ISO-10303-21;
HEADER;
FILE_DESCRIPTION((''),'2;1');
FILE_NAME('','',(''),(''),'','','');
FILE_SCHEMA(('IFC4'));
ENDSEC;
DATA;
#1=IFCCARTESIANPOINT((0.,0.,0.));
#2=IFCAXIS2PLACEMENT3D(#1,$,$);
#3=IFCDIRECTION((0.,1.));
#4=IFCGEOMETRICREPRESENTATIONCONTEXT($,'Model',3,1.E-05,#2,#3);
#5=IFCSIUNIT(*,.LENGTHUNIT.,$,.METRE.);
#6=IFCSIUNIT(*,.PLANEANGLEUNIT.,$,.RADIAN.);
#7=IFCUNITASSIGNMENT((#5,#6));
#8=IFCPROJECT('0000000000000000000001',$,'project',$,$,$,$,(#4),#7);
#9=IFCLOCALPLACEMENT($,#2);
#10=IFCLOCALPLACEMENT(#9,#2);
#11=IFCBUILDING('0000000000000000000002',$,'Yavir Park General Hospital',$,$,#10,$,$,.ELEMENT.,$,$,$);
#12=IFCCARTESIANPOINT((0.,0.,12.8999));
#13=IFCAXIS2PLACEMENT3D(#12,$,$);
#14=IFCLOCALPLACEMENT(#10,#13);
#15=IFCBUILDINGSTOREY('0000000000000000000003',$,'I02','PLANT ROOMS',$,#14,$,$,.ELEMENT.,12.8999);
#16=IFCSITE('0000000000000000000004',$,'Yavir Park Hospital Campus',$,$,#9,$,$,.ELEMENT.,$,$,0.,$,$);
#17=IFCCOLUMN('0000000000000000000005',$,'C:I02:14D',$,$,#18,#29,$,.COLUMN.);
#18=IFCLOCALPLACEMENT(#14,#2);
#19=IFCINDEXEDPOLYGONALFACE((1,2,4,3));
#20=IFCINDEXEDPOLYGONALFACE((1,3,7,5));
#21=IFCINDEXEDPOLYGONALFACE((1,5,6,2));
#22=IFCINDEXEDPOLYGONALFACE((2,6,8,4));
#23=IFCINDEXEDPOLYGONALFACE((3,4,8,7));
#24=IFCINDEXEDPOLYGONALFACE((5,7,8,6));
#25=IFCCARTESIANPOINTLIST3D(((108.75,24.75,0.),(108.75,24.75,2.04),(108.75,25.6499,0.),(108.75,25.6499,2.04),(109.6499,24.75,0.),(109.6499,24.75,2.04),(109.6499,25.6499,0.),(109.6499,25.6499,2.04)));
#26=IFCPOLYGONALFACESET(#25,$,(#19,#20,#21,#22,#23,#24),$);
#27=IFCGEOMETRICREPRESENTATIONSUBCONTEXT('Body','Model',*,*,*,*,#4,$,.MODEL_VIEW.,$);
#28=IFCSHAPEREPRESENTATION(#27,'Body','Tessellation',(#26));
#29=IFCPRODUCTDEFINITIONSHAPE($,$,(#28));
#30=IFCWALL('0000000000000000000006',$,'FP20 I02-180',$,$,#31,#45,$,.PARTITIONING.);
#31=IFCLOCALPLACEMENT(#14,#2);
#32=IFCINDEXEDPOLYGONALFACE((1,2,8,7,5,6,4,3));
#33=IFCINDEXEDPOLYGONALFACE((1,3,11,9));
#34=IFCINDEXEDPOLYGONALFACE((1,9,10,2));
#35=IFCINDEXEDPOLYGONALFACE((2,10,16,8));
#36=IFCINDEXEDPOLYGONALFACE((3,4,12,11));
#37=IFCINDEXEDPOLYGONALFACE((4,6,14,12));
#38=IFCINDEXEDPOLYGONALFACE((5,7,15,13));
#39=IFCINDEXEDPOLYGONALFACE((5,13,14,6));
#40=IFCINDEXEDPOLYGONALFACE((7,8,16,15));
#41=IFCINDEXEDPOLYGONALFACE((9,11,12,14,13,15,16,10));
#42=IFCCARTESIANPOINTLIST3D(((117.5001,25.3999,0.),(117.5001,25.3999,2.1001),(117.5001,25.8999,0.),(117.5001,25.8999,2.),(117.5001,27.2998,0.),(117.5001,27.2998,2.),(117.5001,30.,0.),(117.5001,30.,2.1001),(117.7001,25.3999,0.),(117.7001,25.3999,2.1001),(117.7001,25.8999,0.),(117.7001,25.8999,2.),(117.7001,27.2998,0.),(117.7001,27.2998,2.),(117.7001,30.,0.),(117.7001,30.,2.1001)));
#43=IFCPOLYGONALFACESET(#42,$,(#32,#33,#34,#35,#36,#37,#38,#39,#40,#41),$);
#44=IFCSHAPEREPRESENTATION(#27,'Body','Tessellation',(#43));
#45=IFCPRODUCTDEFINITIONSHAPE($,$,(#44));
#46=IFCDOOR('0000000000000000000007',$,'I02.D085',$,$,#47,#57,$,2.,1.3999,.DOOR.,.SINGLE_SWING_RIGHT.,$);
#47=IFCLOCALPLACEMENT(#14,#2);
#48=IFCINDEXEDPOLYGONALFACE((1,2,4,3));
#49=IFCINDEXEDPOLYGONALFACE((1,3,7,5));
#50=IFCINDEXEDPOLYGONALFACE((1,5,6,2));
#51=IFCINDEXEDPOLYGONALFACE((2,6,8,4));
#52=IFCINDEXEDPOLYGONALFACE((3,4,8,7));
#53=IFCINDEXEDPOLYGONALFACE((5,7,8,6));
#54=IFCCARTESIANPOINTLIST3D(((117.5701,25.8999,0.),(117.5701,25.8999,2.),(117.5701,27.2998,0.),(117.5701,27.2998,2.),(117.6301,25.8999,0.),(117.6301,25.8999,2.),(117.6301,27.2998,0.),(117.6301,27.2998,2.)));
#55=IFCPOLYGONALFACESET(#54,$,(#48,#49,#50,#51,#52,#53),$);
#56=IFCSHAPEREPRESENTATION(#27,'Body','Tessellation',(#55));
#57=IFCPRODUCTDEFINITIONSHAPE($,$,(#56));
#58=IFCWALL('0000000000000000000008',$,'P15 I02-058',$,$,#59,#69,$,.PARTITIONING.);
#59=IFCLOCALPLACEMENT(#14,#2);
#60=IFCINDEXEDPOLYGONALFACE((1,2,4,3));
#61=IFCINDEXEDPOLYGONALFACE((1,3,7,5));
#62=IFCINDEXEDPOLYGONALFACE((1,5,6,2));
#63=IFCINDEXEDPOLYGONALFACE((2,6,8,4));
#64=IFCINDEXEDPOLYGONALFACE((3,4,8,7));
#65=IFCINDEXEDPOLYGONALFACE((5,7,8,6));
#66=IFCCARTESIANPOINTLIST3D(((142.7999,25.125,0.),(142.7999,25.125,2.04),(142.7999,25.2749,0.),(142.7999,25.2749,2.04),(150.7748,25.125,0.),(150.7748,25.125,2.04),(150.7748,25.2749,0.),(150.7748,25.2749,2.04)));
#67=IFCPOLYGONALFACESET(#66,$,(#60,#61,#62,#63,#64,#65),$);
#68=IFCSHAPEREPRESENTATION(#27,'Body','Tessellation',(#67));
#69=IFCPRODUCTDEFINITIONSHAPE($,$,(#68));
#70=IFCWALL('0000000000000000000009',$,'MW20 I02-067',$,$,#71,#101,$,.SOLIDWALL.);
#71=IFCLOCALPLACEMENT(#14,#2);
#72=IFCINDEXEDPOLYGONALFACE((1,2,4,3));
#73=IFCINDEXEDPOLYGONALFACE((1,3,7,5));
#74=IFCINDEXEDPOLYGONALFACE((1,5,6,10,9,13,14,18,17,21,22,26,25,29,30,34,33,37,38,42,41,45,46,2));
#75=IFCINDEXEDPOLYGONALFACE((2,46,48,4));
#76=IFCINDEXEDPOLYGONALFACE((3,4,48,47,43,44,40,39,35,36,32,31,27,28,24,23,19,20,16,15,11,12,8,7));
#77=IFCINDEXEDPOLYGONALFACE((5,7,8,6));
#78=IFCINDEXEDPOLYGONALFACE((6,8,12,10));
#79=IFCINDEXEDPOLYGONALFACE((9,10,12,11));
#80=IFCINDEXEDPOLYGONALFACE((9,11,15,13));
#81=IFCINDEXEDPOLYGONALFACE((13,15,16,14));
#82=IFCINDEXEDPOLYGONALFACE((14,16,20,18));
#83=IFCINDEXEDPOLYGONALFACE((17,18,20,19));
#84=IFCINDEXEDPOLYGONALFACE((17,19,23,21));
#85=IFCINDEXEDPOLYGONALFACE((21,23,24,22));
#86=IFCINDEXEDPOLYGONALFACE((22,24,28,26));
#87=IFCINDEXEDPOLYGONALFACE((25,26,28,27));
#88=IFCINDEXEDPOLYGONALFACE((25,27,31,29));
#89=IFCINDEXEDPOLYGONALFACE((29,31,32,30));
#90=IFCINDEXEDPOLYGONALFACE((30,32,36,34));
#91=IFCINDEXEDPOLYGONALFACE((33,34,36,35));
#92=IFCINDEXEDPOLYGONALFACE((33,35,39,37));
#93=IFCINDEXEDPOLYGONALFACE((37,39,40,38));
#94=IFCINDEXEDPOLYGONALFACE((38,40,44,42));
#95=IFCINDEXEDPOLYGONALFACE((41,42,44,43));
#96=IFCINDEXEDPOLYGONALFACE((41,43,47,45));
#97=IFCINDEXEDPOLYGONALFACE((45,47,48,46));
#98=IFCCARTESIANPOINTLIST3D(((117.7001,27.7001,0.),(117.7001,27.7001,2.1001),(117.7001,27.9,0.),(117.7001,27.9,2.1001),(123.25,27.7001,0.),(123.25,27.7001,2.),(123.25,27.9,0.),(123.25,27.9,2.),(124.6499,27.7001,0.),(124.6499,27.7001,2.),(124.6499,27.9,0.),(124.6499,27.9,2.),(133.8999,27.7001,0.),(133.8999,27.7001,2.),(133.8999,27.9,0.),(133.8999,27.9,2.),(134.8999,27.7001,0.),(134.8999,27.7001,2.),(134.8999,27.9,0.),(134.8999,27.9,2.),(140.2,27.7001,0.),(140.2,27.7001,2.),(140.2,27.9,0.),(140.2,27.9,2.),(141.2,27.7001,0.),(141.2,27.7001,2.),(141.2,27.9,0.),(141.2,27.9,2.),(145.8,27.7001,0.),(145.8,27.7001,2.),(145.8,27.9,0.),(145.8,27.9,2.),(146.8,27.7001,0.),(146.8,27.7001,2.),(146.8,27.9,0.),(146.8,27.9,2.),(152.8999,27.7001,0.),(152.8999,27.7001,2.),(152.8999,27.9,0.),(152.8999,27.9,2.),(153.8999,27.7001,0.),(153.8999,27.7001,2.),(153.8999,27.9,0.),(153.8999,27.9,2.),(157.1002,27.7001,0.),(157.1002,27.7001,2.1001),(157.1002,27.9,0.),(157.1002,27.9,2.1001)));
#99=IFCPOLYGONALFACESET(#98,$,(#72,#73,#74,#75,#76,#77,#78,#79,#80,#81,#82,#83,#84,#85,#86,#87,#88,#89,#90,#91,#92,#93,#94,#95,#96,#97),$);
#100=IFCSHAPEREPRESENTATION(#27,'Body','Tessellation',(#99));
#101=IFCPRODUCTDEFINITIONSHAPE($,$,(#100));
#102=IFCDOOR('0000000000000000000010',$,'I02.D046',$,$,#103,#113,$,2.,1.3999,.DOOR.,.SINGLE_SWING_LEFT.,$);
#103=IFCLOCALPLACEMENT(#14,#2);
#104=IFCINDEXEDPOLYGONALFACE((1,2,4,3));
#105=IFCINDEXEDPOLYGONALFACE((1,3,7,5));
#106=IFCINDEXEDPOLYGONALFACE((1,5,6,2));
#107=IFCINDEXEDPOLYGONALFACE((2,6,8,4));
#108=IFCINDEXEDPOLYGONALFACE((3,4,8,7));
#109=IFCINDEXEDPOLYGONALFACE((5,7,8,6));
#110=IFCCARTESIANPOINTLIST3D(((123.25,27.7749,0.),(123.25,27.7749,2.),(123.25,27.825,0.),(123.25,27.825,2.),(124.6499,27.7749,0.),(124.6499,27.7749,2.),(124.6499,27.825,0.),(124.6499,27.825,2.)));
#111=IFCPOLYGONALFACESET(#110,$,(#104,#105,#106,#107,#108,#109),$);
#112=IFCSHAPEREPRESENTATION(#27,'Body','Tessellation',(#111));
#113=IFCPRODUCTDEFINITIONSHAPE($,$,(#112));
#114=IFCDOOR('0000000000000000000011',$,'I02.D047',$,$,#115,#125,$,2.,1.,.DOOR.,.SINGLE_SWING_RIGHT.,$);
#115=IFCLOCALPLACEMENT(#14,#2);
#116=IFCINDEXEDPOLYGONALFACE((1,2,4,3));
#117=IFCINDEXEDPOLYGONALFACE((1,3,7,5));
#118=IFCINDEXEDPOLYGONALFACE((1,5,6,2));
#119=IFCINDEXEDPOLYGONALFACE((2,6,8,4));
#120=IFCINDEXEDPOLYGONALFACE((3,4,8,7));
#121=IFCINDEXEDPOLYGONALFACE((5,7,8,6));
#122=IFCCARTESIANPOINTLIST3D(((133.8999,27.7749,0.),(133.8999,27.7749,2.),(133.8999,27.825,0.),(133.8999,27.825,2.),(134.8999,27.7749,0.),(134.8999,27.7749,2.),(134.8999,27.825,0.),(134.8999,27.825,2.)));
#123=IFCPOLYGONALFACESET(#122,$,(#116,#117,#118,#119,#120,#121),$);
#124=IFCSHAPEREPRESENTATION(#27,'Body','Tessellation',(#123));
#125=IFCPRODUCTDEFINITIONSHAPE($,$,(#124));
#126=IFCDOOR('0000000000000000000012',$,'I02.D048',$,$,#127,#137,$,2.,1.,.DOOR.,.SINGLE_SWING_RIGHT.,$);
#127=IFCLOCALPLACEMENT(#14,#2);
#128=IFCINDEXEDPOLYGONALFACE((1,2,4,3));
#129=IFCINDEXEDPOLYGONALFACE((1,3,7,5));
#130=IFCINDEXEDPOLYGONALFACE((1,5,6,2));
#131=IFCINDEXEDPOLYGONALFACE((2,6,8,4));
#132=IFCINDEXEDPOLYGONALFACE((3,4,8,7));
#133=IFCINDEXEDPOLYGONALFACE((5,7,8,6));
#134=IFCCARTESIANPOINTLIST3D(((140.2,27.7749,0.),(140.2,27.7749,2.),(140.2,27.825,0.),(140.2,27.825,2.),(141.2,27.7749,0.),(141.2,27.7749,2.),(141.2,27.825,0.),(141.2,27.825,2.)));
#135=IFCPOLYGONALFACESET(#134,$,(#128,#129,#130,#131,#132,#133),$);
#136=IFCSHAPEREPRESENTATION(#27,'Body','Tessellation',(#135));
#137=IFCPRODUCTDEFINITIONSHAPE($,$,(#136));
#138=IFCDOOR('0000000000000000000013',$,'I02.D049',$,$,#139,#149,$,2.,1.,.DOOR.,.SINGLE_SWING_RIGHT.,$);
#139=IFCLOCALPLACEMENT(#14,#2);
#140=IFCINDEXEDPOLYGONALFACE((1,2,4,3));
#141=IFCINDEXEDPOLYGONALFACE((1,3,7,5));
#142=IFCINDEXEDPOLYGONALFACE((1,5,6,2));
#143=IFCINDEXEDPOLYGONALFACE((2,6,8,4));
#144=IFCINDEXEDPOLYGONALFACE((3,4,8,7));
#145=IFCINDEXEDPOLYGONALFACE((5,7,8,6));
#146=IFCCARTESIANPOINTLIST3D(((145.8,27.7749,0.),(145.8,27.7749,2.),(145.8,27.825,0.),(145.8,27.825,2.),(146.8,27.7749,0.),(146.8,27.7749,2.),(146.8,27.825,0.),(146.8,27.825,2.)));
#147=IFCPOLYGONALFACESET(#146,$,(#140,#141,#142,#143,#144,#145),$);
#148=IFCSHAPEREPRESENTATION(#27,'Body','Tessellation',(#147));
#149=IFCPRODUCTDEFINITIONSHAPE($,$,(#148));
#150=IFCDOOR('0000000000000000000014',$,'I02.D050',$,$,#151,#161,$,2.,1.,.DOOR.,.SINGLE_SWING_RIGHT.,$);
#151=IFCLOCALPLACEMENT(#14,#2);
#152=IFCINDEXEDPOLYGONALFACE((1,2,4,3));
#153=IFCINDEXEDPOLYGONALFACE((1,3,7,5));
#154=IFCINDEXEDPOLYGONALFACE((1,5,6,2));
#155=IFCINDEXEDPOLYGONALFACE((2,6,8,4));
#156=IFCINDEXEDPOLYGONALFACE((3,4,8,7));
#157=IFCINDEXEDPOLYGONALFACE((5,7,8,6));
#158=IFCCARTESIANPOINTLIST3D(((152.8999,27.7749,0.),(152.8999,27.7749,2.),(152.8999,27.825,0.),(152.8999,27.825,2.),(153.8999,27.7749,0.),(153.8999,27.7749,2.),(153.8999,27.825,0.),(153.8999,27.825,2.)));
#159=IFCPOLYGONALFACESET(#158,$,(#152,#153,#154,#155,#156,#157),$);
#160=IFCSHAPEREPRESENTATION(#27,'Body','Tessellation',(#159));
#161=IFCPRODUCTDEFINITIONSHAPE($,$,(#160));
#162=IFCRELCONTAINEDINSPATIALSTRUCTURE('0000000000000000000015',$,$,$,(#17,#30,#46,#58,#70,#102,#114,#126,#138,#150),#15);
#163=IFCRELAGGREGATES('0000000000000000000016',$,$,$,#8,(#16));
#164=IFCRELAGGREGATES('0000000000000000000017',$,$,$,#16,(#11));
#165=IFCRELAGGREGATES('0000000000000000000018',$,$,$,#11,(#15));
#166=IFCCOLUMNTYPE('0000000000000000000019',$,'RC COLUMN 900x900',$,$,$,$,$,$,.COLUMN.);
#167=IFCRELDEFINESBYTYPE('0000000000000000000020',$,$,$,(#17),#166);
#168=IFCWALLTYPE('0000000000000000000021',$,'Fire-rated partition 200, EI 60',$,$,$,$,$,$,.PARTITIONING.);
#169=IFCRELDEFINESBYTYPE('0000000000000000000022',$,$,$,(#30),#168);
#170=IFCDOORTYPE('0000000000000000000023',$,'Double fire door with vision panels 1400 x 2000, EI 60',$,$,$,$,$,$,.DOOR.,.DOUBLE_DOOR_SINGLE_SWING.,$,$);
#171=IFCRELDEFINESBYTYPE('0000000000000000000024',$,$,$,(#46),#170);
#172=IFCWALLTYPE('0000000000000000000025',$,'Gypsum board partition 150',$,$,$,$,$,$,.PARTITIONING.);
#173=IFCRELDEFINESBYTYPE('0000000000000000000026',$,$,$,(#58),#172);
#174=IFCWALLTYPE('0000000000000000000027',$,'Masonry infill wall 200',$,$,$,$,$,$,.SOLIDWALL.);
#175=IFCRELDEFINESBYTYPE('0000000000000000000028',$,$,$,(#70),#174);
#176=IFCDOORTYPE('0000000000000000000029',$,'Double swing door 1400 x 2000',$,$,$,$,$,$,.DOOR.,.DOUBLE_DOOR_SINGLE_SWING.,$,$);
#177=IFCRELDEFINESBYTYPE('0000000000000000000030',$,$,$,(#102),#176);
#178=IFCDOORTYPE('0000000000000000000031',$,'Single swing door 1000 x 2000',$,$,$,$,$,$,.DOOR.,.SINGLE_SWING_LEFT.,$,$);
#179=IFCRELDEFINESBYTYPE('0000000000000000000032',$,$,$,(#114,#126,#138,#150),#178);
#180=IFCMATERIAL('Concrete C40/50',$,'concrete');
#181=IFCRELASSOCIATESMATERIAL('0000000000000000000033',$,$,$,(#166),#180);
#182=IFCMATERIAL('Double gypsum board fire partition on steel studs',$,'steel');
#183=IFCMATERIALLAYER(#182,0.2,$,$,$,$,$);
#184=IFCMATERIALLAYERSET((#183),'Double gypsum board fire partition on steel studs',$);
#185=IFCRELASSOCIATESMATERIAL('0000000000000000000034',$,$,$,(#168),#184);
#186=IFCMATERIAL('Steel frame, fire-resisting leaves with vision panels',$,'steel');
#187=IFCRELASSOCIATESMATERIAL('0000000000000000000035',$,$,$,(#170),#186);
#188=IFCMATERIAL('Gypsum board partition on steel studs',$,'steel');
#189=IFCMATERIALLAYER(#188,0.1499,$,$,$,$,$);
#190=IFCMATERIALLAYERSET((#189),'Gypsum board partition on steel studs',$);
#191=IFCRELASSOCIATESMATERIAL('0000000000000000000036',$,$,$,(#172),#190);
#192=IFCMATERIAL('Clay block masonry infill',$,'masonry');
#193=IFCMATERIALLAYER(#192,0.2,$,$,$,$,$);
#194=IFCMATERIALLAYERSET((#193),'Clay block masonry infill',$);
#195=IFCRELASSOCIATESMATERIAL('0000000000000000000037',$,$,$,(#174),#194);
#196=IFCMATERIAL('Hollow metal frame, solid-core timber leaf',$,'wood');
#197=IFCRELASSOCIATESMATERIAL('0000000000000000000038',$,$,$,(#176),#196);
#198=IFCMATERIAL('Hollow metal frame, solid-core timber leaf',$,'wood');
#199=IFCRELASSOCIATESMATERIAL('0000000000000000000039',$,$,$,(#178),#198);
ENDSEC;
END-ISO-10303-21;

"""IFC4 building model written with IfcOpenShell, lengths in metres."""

from ifc_helpers import new_model, si_unit, direction, frame, frame_2d, origin, origin_2d, place, context, subcontext, project, spatial, rectangle, extrude, material, layer, layer_set, material_profile, profile_set, type_object, element, fill, save


model = new_model("IFC4")

# Units and contexts
model_context = context("Model", 3, precision=1e-05, world=origin(), true_north=direction((0.0, 1.0)))
body_context = subcontext(model_context, "Body", "Model", "MODEL_VIEW")
ifc_project = project(units=[si_unit("LENGTHUNIT", "METRE"), si_unit("PLANEANGLEUNIT", "RADIAN")], contexts=[model_context])

# Site, building, storey
site_placement = place(None, origin())
site = spatial("IfcSite", under=ifc_project, at=site_placement, Name="Yavir Park Hospital Campus", CompositionType="ELEMENT", RefElevation=0.0)
building_placement = place(site_placement, origin())
building = spatial("IfcBuilding", under=site, at=building_placement, Name="Yavir Park General Hospital", CompositionType="ELEMENT")
storey_placement = place(building_placement, frame((0.0, 0.0, 12.8999)))
storey = spatial("IfcBuildingStorey", under=building, at=storey_placement, Name="I02", Description="PLANT ROOMS", CompositionType="ELEMENT", Elevation=12.8999)

# Column
ifc_material_1 = material(Name="Concrete C40/50", Category="concrete")
ifc_material_profile = material_profile(ifc_material_1, rectangle(XDim=0.8999, YDim=0.8999, at=origin_2d()), Name="RC900x900")
ifc_profile_set = profile_set([ifc_material_profile], Name="Concrete C40/50")
column_type = type_object("IfcColumnType", Name="RC COLUMN 900x900", PredefinedType="COLUMN", material=ifc_profile_set)
column_placement = place(storey_placement, frame((109.2, 25.2, 0.0), z_axis=(0.0, 0.0, 1.0), x_axis=(1.0, 0.0, 0.0)))
element("IfcColumn", 1, at=column_placement, inside=storey, type_object=column_type, Name="C:I02:14D", PredefinedType="COLUMN", context=body_context, shape_type="SweptSolid", body=[
    extrude(rectangle(XDim=0.8999, YDim=0.8999, at=origin_2d()), origin(), (0.0, 0.0, 1.0), 2.04),
])

# Wall, opening, door
ifc_material_2 = material(Name="Double gypsum board fire partition on steel studs", Category="steel")
ifc_layer_1 = layer(ifc_material_2, 0.2)
ifc_layer_set_1 = layer_set([ifc_layer_1], Name="Double gypsum board fire partition on steel studs")
wall_type_1 = type_object("IfcWallType", Name="Fire-rated partition 200, EI 60", PredefinedType="PARTITIONING", material=ifc_layer_set_1)
wall_1_placement = place(storey_placement, frame((117.6001, 25.3999, 0.0), z_axis=(0.0, 0.0, 1.0), x_axis=(0.0, 1.0, 0.0)))
wall_1 = element("IfcWall", 2, at=wall_1_placement, inside=storey, type_object=wall_type_1, Name="FP20 I02-180", PredefinedType="PARTITIONING", context=body_context, shape_type="SweptSolid", body=[
    extrude(rectangle(XDim=4.6001, YDim=0.2, at=frame_2d((2.3, 0.0))), origin(), (0.0, 0.0, 1.0), 2.1001),
])
opening_1_placement = place(wall_1_placement, frame((0.5, 0.0, 0.0)))
opening_1 = element("IfcOpeningElement", 3, at=opening_1_placement, cuts=wall_1, PredefinedType="OPENING", context=body_context, shape_type="SweptSolid", body=[
    extrude(rectangle(XDim=1.3999, YDim=2.0, at=frame_2d((0.7, 1.0))), frame((0.0, 0.1099, 0.0), z_axis=(0.0, -1.0, 0.0), x_axis=(1.0, 0.0, 0.0)), (0.0, 0.0, 1.0), 0.22),
])
ifc_material_3 = material(Name="Steel frame, fire-resisting leaves with vision panels", Category="steel")
door_type_1 = type_object("IfcDoorType", Name="Double fire door with vision panels 1400 x 2000, EI 60", OperationType="DOUBLE_DOOR_SINGLE_SWING", PredefinedType="DOOR", material=ifc_material_3)
door_1_placement = place(opening_1_placement, origin())
door_1 = element("IfcDoor", 4, at=door_1_placement, inside=storey, type_object=door_type_1, Name="I02.D085", OperationType="SINGLE_SWING_RIGHT", OverallHeight=2.0, OverallWidth=1.3999, PredefinedType="DOOR", context=body_context, shape_type="SweptSolid", body=[
    extrude(rectangle(XDim=1.3999, YDim=2.0, at=frame_2d((0.7, 1.0))), frame((0.0, 0.03, 0.0), z_axis=(0.0, -1.0, 0.0), x_axis=(1.0, 0.0, 0.0)), (0.0, 0.0, 1.0), 0.0601),
])
fill(opening_1, door_1)

# Wall
ifc_material_4 = material(Name="Gypsum board partition on steel studs", Category="steel")
ifc_layer_2 = layer(ifc_material_4, 0.1499)
ifc_layer_set_2 = layer_set([ifc_layer_2], Name="Gypsum board partition on steel studs")
wall_type_2 = type_object("IfcWallType", Name="Gypsum board partition 150", PredefinedType="PARTITIONING", material=ifc_layer_set_2)
wall_2_placement = place(storey_placement, frame((142.8, 25.2, 0.0), z_axis=(0.0, 0.0, 1.0), x_axis=(1.0, 0.0, 0.0)))
element("IfcWall", 5, at=wall_2_placement, inside=storey, type_object=wall_type_2, Name="P15 I02-058", PredefinedType="PARTITIONING", context=body_context, shape_type="SweptSolid", body=[
    extrude(rectangle(XDim=7.9749, YDim=0.1499, at=frame_2d((3.9873, 0.0))), origin(), (0.0, 0.0, 1.0), 2.04),
])

# Wall, openings, doors
ifc_material_5 = material(Name="Clay block masonry infill", Category="masonry")
ifc_layer_3 = layer(ifc_material_5, 0.2)
ifc_layer_set_3 = layer_set([ifc_layer_3], Name="Clay block masonry infill")
wall_type_3 = type_object("IfcWallType", Name="Masonry infill wall 200", PredefinedType="SOLIDWALL", material=ifc_layer_set_3)
wall_3_placement = place(storey_placement, frame((117.7, 27.8, 0.0), z_axis=(0.0, 0.0, 1.0), x_axis=(1.0, 0.0, 0.0)))
wall_3 = element("IfcWall", 6, at=wall_3_placement, inside=storey, type_object=wall_type_3, Name="MW20 I02-067", PredefinedType="SOLIDWALL", context=body_context, shape_type="SweptSolid", body=[
    extrude(rectangle(XDim=39.4001, YDim=0.2, at=frame_2d((19.7002, 0.0))), origin(), (0.0, 0.0, 1.0), 2.1001),
])
opening_2_placement = place(wall_3_placement, frame((5.55, 0.0, 0.0)))
opening_2 = element("IfcOpeningElement", 7, at=opening_2_placement, cuts=wall_3, PredefinedType="OPENING", context=body_context, shape_type="SweptSolid", body=[
    extrude(rectangle(XDim=1.3999, YDim=2.0, at=frame_2d((0.7, 1.0))), frame((0.0, 0.1099, 0.0), z_axis=(0.0, -1.0, 0.0), x_axis=(1.0, 0.0, 0.0)), (0.0, 0.0, 1.0), 0.22),
])
opening_3_placement = place(wall_3_placement, frame((16.2, 0.0, 0.0)))
opening_3 = element("IfcOpeningElement", 8, at=opening_3_placement, cuts=wall_3, PredefinedType="OPENING", context=body_context, shape_type="SweptSolid", body=[
    extrude(rectangle(XDim=1.0, YDim=2.0, at=frame_2d((0.5, 1.0))), frame((0.0, 0.1099, 0.0), z_axis=(0.0, -1.0, 0.0), x_axis=(1.0, 0.0, 0.0)), (0.0, 0.0, 1.0), 0.22),
])
opening_4_placement = place(wall_3_placement, frame((22.5, 0.0, 0.0)))
opening_4 = element("IfcOpeningElement", 9, at=opening_4_placement, cuts=wall_3, PredefinedType="OPENING", context=body_context, shape_type="SweptSolid", body=[
    extrude(rectangle(XDim=1.0, YDim=2.0, at=frame_2d((0.5, 1.0))), frame((0.0, 0.1099, 0.0), z_axis=(0.0, -1.0, 0.0), x_axis=(1.0, 0.0, 0.0)), (0.0, 0.0, 1.0), 0.22),
])
opening_5_placement = place(wall_3_placement, frame((28.1001, 0.0, 0.0)))
opening_5 = element("IfcOpeningElement", 10, at=opening_5_placement, cuts=wall_3, PredefinedType="OPENING", context=body_context, shape_type="SweptSolid", body=[
    extrude(rectangle(XDim=1.0, YDim=2.0, at=frame_2d((0.5, 1.0))), frame((0.0, 0.1099, 0.0), z_axis=(0.0, -1.0, 0.0), x_axis=(1.0, 0.0, 0.0)), (0.0, 0.0, 1.0), 0.22),
])
opening_6_placement = place(wall_3_placement, frame((35.2, 0.0, 0.0)))
opening_6 = element("IfcOpeningElement", 11, at=opening_6_placement, cuts=wall_3, PredefinedType="OPENING", context=body_context, shape_type="SweptSolid", body=[
    extrude(rectangle(XDim=1.0, YDim=2.0, at=frame_2d((0.5, 1.0))), frame((0.0, 0.1099, 0.0), z_axis=(0.0, -1.0, 0.0), x_axis=(1.0, 0.0, 0.0)), (0.0, 0.0, 1.0), 0.22),
])
ifc_material_6 = material(Name="Hollow metal frame, solid-core timber leaf", Category="wood")
door_type_2 = type_object("IfcDoorType", Name="Double swing door 1400 x 2000", OperationType="DOUBLE_DOOR_SINGLE_SWING", PredefinedType="DOOR", material=ifc_material_6)
door_2_placement = place(opening_2_placement, origin())
door_2 = element("IfcDoor", 12, at=door_2_placement, inside=storey, type_object=door_type_2, Name="I02.D046", OperationType="SINGLE_SWING_LEFT", OverallHeight=2.0, OverallWidth=1.3999, PredefinedType="DOOR", context=body_context, shape_type="SweptSolid", body=[
    extrude(rectangle(XDim=1.3999, YDim=2.0, at=frame_2d((0.7, 1.0))), frame((0.0, 0.0249, 0.0), z_axis=(0.0, -1.0, 0.0), x_axis=(1.0, 0.0, 0.0)), (0.0, 0.0, 1.0), 0.05),
])
fill(opening_2, door_2)
ifc_material_7 = material(Name="Hollow metal frame, solid-core timber leaf", Category="wood")
door_type_3 = type_object("IfcDoorType", Name="Single swing door 1000 x 2000", OperationType="SINGLE_SWING_LEFT", PredefinedType="DOOR", material=ifc_material_7)
door_3_placement = place(opening_3_placement, origin())
door_3 = element("IfcDoor", 13, at=door_3_placement, inside=storey, type_object=door_type_3, Name="I02.D047", OperationType="SINGLE_SWING_RIGHT", OverallHeight=2.0, OverallWidth=1.0, PredefinedType="DOOR", context=body_context, shape_type="SweptSolid", body=[
    extrude(rectangle(XDim=1.0, YDim=2.0, at=frame_2d((0.5, 1.0))), frame((0.0, 0.0249, 0.0), z_axis=(0.0, -1.0, 0.0), x_axis=(1.0, 0.0, 0.0)), (0.0, 0.0, 1.0), 0.05),
])
fill(opening_3, door_3)
door_4_placement = place(opening_4_placement, origin())
door_4 = element("IfcDoor", 14, at=door_4_placement, inside=storey, type_object=door_type_3, Name="I02.D048", OperationType="SINGLE_SWING_RIGHT", OverallHeight=2.0, OverallWidth=1.0, PredefinedType="DOOR", context=body_context, shape_type="SweptSolid", body=[
    extrude(rectangle(XDim=1.0, YDim=2.0, at=frame_2d((0.5, 1.0))), frame((0.0, 0.0249, 0.0), z_axis=(0.0, -1.0, 0.0), x_axis=(1.0, 0.0, 0.0)), (0.0, 0.0, 1.0), 0.05),
])
fill(opening_4, door_4)
door_5_placement = place(opening_5_placement, origin())
door_5 = element("IfcDoor", 15, at=door_5_placement, inside=storey, type_object=door_type_3, Name="I02.D049", OperationType="SINGLE_SWING_RIGHT", OverallHeight=2.0, OverallWidth=1.0, PredefinedType="DOOR", context=body_context, shape_type="SweptSolid", body=[
    extrude(rectangle(XDim=1.0, YDim=2.0, at=frame_2d((0.5, 1.0))), frame((0.0, 0.0249, 0.0), z_axis=(0.0, -1.0, 0.0), x_axis=(1.0, 0.0, 0.0)), (0.0, 0.0, 1.0), 0.05),
])
fill(opening_5, door_5)
door_6_placement = place(opening_6_placement, origin())
door_6 = element("IfcDoor", 16, at=door_6_placement, inside=storey, type_object=door_type_3, Name="I02.D050", OperationType="SINGLE_SWING_RIGHT", OverallHeight=2.0, OverallWidth=1.0, PredefinedType="DOOR", context=body_context, shape_type="SweptSolid", body=[
    extrude(rectangle(XDim=1.0, YDim=2.0, at=frame_2d((0.5, 1.0))), frame((0.0, 0.0249, 0.0), z_axis=(0.0, -1.0, 0.0), x_axis=(1.0, 0.0, 0.0)), (0.0, 0.0, 1.0), 0.05),
])
fill(opening_6, door_6)

save(model, "model.ifc")
